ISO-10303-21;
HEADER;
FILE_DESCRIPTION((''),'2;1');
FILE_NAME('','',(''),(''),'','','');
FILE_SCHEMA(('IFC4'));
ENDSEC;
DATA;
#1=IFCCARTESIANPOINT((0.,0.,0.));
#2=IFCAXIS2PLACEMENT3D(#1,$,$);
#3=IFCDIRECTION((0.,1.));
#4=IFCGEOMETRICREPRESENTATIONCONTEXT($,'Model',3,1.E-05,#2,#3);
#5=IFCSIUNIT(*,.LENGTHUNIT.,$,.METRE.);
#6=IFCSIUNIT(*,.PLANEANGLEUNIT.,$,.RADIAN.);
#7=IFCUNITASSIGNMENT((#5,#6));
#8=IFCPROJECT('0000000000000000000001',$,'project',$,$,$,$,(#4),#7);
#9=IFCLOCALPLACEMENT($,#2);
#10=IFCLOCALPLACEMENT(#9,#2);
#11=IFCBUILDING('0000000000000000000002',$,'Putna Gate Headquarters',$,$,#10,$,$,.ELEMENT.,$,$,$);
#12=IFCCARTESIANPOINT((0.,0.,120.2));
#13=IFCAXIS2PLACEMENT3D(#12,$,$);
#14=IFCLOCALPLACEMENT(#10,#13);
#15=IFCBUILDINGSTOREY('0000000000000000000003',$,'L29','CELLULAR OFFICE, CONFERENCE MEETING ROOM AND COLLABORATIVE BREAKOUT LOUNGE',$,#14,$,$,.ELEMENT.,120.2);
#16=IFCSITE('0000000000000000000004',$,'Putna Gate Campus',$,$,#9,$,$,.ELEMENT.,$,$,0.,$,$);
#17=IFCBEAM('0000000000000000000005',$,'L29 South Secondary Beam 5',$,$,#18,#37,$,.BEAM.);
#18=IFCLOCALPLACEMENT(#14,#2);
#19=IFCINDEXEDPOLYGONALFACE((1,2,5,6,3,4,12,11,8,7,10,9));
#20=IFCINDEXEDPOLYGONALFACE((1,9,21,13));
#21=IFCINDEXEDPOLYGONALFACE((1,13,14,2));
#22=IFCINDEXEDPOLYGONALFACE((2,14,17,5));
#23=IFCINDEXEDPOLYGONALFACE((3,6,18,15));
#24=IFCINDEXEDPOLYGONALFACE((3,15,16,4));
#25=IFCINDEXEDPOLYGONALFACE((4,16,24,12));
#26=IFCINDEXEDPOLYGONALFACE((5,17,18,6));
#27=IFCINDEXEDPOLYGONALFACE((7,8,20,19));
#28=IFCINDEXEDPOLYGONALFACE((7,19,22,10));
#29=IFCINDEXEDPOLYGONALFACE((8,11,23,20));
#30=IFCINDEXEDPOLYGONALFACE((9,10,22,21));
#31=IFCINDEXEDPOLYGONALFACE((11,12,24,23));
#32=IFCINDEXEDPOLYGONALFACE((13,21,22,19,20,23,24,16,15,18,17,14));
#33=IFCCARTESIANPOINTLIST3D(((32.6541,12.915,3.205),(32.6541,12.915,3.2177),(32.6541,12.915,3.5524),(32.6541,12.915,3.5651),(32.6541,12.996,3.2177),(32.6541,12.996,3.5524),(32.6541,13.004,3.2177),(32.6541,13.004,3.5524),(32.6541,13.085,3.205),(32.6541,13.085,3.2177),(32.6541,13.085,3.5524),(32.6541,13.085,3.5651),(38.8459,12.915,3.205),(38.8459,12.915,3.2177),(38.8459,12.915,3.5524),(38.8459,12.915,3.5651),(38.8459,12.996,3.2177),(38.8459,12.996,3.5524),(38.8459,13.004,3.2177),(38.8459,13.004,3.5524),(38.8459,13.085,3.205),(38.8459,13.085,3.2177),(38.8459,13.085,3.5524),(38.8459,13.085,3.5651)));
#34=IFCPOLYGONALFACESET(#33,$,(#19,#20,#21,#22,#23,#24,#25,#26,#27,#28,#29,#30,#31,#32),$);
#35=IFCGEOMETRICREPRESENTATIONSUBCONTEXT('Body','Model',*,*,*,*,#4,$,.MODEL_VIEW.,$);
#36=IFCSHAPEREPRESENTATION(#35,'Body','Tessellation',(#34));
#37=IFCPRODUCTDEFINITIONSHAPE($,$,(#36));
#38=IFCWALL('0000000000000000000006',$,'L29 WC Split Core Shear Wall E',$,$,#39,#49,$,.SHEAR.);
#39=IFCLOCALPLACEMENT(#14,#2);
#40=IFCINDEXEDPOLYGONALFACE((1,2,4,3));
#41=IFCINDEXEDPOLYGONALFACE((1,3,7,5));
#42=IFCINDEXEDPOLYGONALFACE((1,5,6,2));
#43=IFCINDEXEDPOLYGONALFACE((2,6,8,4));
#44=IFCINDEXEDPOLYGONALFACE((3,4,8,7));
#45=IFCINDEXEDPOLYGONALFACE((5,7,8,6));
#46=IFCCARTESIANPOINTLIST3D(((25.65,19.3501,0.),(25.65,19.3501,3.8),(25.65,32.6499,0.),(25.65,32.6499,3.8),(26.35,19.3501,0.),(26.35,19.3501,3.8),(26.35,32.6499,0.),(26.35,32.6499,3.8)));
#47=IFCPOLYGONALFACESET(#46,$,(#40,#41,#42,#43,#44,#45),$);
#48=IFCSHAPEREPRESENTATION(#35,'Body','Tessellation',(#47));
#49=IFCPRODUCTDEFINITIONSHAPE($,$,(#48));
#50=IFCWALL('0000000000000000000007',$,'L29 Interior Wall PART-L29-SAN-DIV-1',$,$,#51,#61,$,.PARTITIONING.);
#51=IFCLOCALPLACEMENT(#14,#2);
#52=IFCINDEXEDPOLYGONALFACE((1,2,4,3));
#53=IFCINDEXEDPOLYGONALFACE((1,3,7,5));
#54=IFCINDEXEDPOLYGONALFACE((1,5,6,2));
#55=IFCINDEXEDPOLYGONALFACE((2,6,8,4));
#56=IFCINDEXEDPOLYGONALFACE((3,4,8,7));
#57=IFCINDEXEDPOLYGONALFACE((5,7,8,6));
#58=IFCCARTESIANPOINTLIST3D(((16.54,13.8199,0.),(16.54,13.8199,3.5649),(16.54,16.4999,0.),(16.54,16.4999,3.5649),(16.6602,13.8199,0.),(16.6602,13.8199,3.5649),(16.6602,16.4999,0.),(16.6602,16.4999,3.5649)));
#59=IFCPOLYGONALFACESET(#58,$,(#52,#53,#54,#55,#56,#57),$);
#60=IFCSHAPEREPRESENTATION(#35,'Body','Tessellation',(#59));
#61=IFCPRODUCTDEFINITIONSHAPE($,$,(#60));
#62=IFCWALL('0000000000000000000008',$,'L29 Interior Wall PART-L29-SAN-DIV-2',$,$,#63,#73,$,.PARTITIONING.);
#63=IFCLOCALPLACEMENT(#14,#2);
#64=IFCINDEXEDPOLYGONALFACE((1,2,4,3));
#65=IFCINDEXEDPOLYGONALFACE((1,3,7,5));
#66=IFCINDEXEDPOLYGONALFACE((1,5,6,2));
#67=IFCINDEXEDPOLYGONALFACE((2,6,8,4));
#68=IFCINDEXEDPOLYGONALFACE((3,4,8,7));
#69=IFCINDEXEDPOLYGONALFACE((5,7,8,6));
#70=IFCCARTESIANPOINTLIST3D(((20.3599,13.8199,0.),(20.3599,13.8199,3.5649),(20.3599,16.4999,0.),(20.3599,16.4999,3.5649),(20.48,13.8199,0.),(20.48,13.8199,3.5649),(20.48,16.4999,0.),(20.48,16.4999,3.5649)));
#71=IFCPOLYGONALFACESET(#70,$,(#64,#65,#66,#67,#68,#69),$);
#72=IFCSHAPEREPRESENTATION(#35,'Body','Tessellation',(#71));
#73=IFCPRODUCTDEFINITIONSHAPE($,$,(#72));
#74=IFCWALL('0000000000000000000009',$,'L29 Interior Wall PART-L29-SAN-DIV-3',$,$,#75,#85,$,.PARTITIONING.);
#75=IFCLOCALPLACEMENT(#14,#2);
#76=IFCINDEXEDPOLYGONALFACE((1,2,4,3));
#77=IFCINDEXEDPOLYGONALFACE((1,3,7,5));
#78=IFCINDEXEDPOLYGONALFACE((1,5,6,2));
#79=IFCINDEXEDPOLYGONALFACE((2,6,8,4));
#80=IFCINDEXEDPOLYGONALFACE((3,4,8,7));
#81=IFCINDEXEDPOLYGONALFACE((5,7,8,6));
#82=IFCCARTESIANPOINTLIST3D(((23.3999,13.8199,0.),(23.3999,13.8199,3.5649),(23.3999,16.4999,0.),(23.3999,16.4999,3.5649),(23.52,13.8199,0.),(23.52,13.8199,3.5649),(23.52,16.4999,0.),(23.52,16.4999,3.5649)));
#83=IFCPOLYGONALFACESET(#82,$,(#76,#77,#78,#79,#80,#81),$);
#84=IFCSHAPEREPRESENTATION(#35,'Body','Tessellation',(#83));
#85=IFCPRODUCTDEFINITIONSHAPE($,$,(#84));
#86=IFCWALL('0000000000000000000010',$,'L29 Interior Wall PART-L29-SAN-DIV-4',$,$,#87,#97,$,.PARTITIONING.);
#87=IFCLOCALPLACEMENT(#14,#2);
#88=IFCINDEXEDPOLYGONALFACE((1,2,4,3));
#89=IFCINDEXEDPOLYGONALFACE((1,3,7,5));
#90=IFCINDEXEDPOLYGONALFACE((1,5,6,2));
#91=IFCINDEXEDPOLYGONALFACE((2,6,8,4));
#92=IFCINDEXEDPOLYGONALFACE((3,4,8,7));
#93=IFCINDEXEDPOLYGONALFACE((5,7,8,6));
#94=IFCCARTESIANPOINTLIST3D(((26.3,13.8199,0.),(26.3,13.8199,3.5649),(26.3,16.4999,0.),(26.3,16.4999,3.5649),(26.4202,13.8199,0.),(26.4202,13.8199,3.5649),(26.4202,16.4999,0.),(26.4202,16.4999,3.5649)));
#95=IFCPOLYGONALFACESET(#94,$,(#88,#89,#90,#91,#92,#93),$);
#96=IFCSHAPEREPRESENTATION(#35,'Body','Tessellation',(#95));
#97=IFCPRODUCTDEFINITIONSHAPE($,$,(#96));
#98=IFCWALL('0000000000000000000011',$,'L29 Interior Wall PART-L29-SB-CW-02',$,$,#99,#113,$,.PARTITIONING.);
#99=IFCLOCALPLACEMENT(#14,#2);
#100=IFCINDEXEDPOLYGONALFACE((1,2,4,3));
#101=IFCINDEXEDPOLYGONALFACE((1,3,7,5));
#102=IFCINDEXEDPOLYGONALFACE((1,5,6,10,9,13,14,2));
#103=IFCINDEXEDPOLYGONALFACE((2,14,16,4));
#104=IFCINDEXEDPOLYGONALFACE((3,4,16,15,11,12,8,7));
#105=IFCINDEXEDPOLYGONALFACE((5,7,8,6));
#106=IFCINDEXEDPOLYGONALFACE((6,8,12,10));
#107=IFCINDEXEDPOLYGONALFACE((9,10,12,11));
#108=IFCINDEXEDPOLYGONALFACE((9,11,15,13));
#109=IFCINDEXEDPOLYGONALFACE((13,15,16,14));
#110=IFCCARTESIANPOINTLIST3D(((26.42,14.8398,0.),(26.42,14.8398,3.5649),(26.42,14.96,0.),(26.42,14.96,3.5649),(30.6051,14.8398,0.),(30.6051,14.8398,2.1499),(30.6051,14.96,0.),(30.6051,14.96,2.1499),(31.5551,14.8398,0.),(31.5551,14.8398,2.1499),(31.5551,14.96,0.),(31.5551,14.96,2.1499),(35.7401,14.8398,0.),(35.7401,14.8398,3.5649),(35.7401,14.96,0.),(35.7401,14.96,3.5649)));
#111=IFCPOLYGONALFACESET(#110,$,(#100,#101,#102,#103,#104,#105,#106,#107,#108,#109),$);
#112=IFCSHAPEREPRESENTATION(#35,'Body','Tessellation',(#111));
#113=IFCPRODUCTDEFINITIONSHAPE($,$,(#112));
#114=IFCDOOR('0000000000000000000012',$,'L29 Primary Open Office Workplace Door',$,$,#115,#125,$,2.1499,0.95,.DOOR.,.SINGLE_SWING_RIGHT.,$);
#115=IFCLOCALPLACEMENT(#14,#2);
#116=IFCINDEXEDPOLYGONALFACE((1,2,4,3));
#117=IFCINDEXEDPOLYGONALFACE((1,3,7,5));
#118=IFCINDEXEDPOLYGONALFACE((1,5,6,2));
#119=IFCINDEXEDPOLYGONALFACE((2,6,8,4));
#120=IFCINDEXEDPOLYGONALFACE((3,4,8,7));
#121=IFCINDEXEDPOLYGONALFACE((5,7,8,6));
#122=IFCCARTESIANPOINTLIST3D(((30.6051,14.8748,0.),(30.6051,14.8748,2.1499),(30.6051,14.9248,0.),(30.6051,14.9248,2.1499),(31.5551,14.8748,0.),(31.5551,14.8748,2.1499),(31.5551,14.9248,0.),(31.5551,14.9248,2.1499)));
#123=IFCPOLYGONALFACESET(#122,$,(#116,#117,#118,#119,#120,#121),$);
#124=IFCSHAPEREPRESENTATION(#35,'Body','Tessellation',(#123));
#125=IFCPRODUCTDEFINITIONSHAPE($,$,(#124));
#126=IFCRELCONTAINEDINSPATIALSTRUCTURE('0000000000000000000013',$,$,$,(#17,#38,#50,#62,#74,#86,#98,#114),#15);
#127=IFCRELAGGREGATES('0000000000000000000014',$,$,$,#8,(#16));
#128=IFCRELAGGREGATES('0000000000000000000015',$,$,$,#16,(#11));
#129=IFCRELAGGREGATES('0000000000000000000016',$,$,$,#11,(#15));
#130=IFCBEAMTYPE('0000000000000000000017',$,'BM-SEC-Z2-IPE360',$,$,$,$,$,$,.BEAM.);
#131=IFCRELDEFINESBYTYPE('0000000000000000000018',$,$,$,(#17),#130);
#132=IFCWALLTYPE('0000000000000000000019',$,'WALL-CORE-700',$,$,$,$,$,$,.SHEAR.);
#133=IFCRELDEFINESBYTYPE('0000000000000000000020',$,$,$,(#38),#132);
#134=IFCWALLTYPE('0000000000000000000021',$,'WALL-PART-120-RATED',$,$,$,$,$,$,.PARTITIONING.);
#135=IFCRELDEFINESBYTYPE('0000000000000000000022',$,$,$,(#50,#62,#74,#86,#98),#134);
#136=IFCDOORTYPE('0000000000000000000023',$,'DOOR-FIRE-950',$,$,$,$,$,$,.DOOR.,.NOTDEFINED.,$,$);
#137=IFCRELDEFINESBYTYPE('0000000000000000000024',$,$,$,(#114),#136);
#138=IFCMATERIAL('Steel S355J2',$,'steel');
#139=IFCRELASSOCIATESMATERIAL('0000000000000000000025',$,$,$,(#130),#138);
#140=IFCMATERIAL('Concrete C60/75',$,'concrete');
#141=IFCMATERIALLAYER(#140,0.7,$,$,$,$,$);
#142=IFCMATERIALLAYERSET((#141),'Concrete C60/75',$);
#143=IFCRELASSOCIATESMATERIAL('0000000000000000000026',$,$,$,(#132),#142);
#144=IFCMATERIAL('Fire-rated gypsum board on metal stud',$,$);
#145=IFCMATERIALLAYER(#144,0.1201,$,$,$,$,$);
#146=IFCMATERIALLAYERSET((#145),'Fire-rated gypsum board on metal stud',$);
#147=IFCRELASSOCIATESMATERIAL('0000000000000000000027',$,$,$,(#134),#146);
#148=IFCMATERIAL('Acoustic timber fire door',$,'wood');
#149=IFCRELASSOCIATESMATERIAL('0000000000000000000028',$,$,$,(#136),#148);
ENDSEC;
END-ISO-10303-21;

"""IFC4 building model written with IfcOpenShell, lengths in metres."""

from ifc_helpers import new_model, si_unit, direction, frame, frame_2d, origin, origin_2d, place, context, subcontext, project, spatial, rectangle, i_section, extrude, material, layer, layer_set, material_profile, profile_set, type_object, element, fill, save


model = new_model("IFC4")

# Units and contexts
model_context = context("Model", 3, precision=1e-05, world=origin(), true_north=direction((0.0, 1.0)))
body_context = subcontext(model_context, "Body", "Model", "MODEL_VIEW")
ifc_project = project(units=[si_unit("LENGTHUNIT", "METRE"), si_unit("PLANEANGLEUNIT", "RADIAN")], contexts=[model_context])

# Site, building, storey
site_placement = place(None, origin())
site = spatial("IfcSite", under=ifc_project, at=site_placement, Name="Putna Gate Campus", CompositionType="ELEMENT", RefElevation=0.0)
building_placement = place(site_placement, origin())
building = spatial("IfcBuilding", under=site, at=building_placement, Name="Putna Gate Headquarters", CompositionType="ELEMENT")
storey_placement = place(building_placement, frame((0.0, 0.0, 120.2)))
storey = spatial("IfcBuildingStorey", under=building, at=storey_placement, Name="L29", Description="CELLULAR OFFICE, CONFERENCE MEETING ROOM AND COLLABORATIVE BREAKOUT LOUNGE", CompositionType="ELEMENT", Elevation=120.2)

# Shared definitions
ifc_material_1 = material(Name="Concrete C60/75", Category="concrete")

# Beam
ifc_material_2 = material(Name="Steel S355J2", Category="steel")
ifc_material_profile_1 = material_profile(ifc_material_2, i_section(OverallWidth=0.1699, OverallDepth=0.3601, WebThickness=0.0081, FlangeThickness=0.0127, at=origin_2d()), Name="Steel S355J2")
ifc_profile_set_1 = profile_set([ifc_material_profile_1], Name="Steel S355J2")
beam_type_1 = type_object("IfcBeamType", Name="BM-SEC-Z2-IPE360", PredefinedType="BEAM", material=ifc_profile_set_1)
for number, where, z_axis, x_axis, name in (
    (1, (32.6541, 13.0, 3.385), (1.0, 0.0, 0.0), (0.0, 1.0, 0.0), "L29 South Secondary Beam 5"),
):
    element("IfcBeam", number, at=place(storey_placement, frame(where, z_axis=z_axis, x_axis=x_axis)), inside=storey, type_object=beam_type_1, Name=name, PredefinedType="BEAM", context=body_context, shape_type="SweptSolid", body=[
        extrude(i_section(OverallWidth=0.1699, OverallDepth=0.3601, WebThickness=0.0081, FlangeThickness=0.0127, at=origin_2d()), origin(), (0.0, 0.0, 1.0), 6.1919),
    ])

# Walls
ifc_layer_1 = layer(ifc_material_1, 0.7)
ifc_layer_set_1 = layer_set([ifc_layer_1], Name="Concrete C60/75")
wall_type_1 = type_object("IfcWallType", Name="WALL-CORE-700", PredefinedType="SHEAR", material=ifc_layer_set_1)
wall_1_placement = place(storey_placement, frame((26.0, 19.3501, 0.0), z_axis=(0.0, 0.0, 1.0), x_axis=(0.0, 1.0, 0.0)))
element("IfcWall", 2, at=wall_1_placement, inside=storey, type_object=wall_type_1, Name="L29 WC Split Core Shear Wall E", PredefinedType="SHEAR", context=body_context, shape_type="SweptSolid", body=[
    extrude(rectangle(XDim=13.2998, YDim=0.7, at=frame_2d((6.6499, 0.0))), origin(), (0.0, 0.0, 1.0), 3.8),
])
ifc_material_3 = material(Name="Fire-rated gypsum board on metal stud")
ifc_layer_2 = layer(ifc_material_3, 0.1201)
ifc_layer_set_2 = layer_set([ifc_layer_2], Name="Fire-rated gypsum board on metal stud")
wall_type_2 = type_object("IfcWallType", Name="WALL-PART-120-RATED", PredefinedType="PARTITIONING", material=ifc_layer_set_2)
for number, where, z_axis, x_axis, name in (
    (3, (16.6001, 13.8201, 0.0), (0.0, 0.0, 1.0), (0.0, 1.0, 0.0), "L29 Interior Wall PART-L29-SAN-DIV-1"),
    (4, (20.4199, 13.8201, 0.0), (0.0, 0.0, 1.0), (0.0, 1.0, 0.0), "L29 Interior Wall PART-L29-SAN-DIV-2"),
    (5, (23.46, 13.8201, 0.0), (0.0, 0.0, 1.0), (0.0, 1.0, 0.0), "L29 Interior Wall PART-L29-SAN-DIV-3"),
    (6, (26.3601, 13.8201, 0.0), (0.0, 0.0, 1.0), (0.0, 1.0, 0.0), "L29 Interior Wall PART-L29-SAN-DIV-4"),
):
    element("IfcWall", number, at=place(storey_placement, frame(where, z_axis=z_axis, x_axis=x_axis)), inside=storey, type_object=wall_type_2, Name=name, PredefinedType="PARTITIONING", context=body_context, shape_type="SweptSolid", body=[
        extrude(rectangle(XDim=2.6799, YDim=0.1201, at=frame_2d((1.3398, 0.0))), origin(), (0.0, 0.0, 1.0), 3.5649),
    ])

# Wall, opening, door
wall_2_placement = place(storey_placement, frame((26.4199, 14.8999, 0.0), z_axis=(0.0, 0.0, 1.0), x_axis=(1.0, 0.0, 0.0)))
wall_2 = element("IfcWall", 7, at=wall_2_placement, inside=storey, type_object=wall_type_2, Name="L29 Interior Wall PART-L29-SB-CW-02", PredefinedType="PARTITIONING", context=body_context, shape_type="SweptSolid", body=[
    extrude(rectangle(XDim=9.3201, YDim=0.1201, at=frame_2d((4.6602, 0.0))), origin(), (0.0, 0.0, 1.0), 3.5649),
])
opening_1_placement = place(wall_2_placement, frame((4.1851, 0.0, 0.0)))
opening_1 = element("IfcOpeningElement", 8, at=opening_1_placement, cuts=wall_2, PredefinedType="OPENING", context=body_context, shape_type="SweptSolid", body=[
    extrude(rectangle(XDim=0.95, YDim=2.1499, at=frame_2d((0.4751, 1.075))), frame((0.0, 0.0701, 0.0), z_axis=(0.0, -1.0, 0.0), x_axis=(1.0, 0.0, 0.0)), (0.0, 0.0, 1.0), 0.1401),
])
ifc_material_4 = material(Name="Acoustic timber fire door", Category="wood")
door_type_1 = type_object("IfcDoorType", Name="DOOR-FIRE-950", OperationType="NOTDEFINED", PredefinedType="DOOR", material=ifc_material_4)
door_1_placement = place(opening_1_placement, origin())
door_1 = element("IfcDoor", 9, at=door_1_placement, inside=storey, type_object=door_type_1, Name="L29 Primary Open Office Workplace Door", OperationType="SINGLE_SWING_RIGHT", OverallHeight=2.1499, OverallWidth=0.95, PredefinedType="DOOR", context=body_context, shape_type="SweptSolid", body=[
    extrude(rectangle(XDim=0.95, YDim=2.1499, at=frame_2d((0.4751, 1.075))), frame((0.0, 0.0249, 0.0), z_axis=(0.0, -1.0, 0.0), x_axis=(1.0, 0.0, 0.0)), (0.0, 0.0, 1.0), 0.05),
])
fill(opening_1, door_1)

save(model, "model.ifc")
